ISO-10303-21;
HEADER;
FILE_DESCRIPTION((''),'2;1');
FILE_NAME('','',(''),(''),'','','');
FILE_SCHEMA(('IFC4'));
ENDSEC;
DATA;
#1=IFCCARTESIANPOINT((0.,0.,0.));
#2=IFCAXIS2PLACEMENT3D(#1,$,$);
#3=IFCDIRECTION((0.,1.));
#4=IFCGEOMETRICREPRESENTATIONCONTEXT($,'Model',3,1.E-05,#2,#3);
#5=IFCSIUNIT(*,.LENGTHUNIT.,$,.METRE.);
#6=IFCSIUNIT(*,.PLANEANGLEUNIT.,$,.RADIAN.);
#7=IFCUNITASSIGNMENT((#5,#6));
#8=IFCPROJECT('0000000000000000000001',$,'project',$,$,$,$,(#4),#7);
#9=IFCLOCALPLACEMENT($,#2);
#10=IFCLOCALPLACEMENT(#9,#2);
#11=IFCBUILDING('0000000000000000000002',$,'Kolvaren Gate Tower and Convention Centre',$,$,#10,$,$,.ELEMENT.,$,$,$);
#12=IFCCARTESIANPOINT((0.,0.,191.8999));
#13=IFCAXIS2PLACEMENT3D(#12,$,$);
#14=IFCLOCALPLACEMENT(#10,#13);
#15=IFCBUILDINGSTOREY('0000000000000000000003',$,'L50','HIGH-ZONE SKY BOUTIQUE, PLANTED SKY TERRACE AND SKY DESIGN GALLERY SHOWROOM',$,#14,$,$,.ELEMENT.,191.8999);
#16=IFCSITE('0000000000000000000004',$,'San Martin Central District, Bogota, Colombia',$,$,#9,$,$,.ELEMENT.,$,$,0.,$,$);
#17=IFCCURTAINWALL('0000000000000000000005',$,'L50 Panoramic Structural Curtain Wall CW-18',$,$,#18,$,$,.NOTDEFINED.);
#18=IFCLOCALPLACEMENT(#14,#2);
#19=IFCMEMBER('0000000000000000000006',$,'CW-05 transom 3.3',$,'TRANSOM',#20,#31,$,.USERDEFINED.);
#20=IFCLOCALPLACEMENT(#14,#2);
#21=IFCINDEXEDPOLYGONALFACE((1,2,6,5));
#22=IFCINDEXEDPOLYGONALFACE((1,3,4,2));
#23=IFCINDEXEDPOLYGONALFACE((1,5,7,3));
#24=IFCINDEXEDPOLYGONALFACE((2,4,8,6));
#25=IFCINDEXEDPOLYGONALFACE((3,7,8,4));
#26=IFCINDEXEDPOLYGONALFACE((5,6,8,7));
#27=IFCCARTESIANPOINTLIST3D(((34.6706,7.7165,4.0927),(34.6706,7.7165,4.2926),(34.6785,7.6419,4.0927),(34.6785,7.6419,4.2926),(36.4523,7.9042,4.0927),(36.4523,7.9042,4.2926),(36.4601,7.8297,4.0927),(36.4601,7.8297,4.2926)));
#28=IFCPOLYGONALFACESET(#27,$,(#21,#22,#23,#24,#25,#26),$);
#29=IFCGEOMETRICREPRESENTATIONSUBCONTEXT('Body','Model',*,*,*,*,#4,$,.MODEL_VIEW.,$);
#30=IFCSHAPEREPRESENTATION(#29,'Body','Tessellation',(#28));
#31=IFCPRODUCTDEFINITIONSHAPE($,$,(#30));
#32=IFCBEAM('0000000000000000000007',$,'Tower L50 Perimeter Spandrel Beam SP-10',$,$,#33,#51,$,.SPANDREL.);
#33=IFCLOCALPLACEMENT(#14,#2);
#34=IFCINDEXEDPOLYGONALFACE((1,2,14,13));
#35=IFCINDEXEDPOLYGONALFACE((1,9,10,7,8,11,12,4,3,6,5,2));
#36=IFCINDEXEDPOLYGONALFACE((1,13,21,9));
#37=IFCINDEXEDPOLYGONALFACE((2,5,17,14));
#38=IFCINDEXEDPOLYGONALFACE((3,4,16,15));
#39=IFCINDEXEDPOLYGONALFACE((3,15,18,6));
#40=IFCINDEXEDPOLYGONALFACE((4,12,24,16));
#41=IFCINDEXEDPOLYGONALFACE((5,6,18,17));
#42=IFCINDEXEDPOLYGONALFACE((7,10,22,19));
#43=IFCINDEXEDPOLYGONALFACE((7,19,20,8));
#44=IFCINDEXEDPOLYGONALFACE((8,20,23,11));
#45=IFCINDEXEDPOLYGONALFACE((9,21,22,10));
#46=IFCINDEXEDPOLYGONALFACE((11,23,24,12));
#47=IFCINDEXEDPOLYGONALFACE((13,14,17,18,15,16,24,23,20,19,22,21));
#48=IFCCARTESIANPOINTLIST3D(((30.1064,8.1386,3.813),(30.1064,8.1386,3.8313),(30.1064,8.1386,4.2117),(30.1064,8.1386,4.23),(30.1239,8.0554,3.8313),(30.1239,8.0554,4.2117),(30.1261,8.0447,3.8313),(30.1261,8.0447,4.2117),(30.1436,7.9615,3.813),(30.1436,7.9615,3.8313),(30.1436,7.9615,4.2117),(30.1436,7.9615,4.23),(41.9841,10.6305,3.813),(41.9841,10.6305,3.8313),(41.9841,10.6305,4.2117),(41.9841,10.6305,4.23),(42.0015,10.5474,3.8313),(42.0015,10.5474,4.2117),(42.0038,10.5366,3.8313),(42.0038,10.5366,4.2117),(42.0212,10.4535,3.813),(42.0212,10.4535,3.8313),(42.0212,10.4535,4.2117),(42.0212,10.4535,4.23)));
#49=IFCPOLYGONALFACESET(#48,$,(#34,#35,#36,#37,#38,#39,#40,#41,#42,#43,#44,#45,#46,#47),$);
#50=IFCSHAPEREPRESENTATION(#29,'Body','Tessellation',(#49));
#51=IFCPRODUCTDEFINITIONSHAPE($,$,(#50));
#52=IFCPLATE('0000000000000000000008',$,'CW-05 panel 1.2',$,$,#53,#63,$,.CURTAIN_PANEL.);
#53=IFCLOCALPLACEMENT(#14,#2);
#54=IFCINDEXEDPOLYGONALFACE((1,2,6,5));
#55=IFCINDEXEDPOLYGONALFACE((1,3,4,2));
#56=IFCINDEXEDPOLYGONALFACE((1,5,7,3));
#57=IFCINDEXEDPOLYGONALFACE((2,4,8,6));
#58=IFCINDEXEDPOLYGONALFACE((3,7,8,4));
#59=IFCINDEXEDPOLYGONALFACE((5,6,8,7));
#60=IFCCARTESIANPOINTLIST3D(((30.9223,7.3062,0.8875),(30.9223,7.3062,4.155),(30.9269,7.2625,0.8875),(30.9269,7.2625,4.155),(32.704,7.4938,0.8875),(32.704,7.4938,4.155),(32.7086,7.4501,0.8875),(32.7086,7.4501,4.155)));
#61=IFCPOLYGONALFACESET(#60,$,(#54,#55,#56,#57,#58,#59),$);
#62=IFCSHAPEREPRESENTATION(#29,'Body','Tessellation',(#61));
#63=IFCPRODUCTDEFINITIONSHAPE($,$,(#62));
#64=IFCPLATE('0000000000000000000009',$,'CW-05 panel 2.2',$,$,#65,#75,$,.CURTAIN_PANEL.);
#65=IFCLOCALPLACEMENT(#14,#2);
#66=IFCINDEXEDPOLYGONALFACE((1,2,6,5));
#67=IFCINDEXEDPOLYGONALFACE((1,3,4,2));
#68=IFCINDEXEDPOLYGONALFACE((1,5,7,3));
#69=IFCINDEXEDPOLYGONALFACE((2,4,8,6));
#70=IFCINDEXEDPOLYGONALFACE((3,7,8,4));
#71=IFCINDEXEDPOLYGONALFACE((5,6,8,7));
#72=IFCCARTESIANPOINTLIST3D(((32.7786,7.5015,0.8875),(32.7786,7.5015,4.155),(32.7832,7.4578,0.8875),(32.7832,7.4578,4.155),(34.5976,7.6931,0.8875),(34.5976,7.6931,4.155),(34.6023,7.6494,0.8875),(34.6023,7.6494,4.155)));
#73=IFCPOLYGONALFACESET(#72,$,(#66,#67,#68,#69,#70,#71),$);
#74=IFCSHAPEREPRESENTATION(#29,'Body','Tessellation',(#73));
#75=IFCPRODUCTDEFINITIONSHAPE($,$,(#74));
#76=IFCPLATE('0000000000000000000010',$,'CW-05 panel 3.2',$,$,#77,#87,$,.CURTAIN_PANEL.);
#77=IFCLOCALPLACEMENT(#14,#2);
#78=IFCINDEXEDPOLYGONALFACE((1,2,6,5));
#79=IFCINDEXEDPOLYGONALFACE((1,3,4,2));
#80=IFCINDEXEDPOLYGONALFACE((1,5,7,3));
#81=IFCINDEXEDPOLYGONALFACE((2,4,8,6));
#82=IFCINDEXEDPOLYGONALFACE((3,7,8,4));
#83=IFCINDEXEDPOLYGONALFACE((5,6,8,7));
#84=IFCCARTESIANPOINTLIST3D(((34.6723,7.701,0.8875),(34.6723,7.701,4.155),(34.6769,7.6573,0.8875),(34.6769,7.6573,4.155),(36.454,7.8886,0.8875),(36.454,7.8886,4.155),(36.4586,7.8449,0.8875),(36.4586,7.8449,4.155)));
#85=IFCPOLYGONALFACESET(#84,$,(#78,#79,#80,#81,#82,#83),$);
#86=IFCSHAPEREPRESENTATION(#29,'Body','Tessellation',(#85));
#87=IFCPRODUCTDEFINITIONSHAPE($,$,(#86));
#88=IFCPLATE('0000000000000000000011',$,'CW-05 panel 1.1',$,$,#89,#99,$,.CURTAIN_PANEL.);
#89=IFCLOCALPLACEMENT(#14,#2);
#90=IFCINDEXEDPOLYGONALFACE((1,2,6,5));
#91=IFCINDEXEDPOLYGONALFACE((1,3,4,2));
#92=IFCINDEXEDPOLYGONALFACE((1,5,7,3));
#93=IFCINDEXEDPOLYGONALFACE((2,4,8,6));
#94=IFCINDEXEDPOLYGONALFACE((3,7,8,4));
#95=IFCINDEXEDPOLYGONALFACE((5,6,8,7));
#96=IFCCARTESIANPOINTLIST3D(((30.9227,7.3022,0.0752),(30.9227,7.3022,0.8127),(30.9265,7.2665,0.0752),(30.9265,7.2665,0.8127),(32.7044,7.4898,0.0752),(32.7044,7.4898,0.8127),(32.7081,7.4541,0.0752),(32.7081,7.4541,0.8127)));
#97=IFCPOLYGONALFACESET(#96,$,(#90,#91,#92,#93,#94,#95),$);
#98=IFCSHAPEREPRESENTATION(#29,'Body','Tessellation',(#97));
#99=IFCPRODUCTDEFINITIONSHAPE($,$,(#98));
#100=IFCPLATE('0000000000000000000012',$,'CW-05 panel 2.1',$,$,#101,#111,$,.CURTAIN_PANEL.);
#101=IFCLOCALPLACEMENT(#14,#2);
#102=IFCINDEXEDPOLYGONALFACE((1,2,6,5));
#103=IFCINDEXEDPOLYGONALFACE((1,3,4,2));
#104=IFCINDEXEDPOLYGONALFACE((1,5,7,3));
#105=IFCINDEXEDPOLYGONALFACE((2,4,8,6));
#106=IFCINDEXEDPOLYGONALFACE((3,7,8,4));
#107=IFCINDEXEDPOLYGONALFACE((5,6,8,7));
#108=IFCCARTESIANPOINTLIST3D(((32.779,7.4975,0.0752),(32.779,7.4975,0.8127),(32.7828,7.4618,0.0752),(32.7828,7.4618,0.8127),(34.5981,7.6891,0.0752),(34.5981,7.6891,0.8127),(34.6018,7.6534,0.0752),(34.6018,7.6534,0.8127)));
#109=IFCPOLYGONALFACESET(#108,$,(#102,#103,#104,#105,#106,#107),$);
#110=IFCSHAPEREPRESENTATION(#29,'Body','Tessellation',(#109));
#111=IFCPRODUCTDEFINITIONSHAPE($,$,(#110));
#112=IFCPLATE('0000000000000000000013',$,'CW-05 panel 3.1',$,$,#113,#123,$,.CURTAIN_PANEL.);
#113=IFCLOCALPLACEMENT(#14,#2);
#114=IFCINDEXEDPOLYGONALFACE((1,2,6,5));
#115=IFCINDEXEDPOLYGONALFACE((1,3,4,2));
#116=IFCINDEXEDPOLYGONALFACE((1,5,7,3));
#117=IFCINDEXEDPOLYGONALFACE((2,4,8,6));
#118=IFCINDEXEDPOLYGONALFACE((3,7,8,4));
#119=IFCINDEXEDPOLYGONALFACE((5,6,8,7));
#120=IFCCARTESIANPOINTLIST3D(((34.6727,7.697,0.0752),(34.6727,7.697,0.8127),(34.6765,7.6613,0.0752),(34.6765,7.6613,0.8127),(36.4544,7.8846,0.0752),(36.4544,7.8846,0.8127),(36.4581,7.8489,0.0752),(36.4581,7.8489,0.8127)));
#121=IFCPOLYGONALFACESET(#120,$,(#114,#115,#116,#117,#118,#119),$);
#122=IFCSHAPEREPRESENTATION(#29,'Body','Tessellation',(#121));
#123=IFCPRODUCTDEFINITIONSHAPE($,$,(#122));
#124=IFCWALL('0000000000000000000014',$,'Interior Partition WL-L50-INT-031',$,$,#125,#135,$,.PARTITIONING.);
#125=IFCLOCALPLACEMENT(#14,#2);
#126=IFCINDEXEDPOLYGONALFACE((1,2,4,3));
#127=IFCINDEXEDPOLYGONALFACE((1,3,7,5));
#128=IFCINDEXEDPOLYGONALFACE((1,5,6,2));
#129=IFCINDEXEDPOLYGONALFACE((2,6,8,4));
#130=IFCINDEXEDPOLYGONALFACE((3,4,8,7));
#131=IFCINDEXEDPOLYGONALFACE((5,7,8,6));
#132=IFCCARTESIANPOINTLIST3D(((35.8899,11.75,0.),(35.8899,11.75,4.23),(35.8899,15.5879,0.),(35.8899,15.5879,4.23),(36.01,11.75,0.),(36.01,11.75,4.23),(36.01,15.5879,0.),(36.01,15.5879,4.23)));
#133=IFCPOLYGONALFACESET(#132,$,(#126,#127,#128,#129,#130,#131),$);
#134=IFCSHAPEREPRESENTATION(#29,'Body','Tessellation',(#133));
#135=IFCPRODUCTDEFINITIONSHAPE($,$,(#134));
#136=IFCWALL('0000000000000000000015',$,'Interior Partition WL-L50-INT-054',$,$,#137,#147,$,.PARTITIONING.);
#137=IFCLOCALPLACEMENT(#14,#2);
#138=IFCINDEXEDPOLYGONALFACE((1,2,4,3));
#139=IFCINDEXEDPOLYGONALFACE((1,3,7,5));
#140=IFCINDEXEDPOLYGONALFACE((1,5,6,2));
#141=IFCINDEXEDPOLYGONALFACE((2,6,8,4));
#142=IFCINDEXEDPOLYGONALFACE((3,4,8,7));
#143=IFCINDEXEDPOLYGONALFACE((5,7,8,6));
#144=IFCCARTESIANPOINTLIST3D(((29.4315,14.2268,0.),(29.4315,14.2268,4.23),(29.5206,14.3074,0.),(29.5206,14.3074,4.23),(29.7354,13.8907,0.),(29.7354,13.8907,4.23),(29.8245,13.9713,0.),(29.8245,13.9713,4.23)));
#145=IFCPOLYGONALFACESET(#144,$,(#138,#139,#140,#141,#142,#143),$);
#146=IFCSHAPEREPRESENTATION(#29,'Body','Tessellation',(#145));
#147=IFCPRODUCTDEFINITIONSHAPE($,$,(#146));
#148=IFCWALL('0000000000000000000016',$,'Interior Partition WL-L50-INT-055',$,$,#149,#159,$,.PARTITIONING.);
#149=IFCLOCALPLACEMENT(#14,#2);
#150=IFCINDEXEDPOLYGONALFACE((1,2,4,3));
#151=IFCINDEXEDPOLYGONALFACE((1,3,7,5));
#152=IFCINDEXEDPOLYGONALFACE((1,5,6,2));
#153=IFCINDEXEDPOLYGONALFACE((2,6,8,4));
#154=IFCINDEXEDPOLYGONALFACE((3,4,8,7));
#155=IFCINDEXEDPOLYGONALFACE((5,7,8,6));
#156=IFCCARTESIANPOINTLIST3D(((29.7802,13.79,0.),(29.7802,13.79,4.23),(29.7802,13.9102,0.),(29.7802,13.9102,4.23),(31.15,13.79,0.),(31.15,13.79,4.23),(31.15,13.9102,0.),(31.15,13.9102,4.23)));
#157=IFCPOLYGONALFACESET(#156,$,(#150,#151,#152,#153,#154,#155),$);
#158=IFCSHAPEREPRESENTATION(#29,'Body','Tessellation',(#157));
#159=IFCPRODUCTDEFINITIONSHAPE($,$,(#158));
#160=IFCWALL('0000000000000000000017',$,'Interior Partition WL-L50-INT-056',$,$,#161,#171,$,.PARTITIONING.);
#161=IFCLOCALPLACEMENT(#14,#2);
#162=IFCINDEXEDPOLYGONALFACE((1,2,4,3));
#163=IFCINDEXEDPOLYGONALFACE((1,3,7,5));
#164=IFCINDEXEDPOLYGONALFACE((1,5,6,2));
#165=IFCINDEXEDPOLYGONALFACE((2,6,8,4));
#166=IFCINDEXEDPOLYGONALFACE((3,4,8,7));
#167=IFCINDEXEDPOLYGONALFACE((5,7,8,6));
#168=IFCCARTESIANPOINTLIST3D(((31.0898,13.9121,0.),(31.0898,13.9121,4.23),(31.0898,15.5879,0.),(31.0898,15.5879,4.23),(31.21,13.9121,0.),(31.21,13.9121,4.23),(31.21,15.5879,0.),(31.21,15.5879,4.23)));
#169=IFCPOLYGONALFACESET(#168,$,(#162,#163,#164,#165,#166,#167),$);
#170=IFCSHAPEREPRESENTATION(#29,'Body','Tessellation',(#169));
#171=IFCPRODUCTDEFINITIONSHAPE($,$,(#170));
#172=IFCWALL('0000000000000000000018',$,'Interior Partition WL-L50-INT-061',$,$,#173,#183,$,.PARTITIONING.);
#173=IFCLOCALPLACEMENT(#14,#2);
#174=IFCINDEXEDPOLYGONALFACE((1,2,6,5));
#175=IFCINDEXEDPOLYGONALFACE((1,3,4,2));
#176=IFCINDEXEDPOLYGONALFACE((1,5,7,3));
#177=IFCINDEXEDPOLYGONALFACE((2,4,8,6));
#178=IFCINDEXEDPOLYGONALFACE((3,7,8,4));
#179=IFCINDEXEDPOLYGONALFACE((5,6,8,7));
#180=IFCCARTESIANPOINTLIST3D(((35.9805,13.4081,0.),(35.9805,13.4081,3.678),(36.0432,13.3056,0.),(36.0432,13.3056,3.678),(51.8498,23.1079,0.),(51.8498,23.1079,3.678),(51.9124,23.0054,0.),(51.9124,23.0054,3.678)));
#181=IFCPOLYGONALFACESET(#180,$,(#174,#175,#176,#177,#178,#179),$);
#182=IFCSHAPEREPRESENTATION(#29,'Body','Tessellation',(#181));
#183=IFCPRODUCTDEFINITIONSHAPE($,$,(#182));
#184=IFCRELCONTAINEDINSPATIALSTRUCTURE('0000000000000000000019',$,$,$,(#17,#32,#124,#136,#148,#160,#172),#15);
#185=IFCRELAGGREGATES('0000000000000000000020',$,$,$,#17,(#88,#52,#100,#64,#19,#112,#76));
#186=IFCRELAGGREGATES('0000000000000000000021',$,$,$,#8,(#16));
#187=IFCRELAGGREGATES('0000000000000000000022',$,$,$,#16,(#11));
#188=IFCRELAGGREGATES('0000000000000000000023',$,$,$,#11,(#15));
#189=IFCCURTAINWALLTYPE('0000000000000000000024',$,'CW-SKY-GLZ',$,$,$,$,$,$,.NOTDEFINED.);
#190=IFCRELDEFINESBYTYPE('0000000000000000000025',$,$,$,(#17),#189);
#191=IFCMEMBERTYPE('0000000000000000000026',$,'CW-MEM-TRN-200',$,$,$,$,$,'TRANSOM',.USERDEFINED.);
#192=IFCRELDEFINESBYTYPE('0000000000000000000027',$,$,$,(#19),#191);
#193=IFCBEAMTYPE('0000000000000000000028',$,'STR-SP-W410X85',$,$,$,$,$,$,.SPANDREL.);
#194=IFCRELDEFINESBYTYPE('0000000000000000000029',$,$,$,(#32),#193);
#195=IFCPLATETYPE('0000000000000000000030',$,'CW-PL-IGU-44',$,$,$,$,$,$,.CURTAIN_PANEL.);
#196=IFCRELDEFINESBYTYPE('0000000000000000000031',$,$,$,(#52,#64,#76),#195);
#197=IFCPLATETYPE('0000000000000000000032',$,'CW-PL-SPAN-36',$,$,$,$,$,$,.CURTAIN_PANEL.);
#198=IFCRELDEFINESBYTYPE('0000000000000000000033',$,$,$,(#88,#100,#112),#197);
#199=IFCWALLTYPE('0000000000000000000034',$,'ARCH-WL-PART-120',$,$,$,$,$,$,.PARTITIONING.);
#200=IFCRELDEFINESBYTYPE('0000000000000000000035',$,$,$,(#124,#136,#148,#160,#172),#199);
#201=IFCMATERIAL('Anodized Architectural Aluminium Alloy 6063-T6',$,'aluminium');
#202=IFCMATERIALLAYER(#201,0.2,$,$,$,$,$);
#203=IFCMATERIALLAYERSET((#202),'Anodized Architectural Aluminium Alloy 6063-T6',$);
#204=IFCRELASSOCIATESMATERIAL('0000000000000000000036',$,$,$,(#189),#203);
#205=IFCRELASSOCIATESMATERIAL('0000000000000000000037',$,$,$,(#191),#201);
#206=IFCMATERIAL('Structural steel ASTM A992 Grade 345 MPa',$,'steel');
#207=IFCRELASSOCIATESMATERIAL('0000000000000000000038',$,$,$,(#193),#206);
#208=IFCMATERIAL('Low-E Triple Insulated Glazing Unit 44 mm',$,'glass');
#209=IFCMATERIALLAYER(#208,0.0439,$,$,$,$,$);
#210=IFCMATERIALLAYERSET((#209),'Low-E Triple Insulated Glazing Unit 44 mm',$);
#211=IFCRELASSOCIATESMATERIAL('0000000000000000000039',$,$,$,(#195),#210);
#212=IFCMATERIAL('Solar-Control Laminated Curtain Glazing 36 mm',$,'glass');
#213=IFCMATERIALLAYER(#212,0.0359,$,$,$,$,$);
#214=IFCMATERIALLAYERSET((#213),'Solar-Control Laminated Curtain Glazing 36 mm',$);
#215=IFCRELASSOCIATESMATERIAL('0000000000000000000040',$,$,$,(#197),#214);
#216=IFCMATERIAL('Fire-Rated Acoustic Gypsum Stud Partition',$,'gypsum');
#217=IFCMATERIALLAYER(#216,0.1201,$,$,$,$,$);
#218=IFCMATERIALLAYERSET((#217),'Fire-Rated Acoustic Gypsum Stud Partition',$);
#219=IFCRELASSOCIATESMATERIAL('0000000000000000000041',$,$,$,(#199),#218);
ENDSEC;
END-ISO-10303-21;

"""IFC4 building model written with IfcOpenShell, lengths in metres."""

from ifc_helpers import new_model, si_unit, direction, frame, frame_2d, origin, origin_2d, place, context, subcontext, project, spatial, rectangle, i_section, extrude, material, layer, layer_set, material_profile, profile_set, type_object, element, aggregate, save


model = new_model("IFC4")

# Units and contexts
model_context = context("Model", 3, precision=1e-05, world=origin(), true_north=direction((0.0, 1.0)))
body_context = subcontext(model_context, "Body", "Model", "MODEL_VIEW")
ifc_project = project(units=[si_unit("LENGTHUNIT", "METRE"), si_unit("PLANEANGLEUNIT", "RADIAN")], contexts=[model_context])

# Site, building, storey
site_placement = place(None, origin())
site = spatial("IfcSite", under=ifc_project, at=site_placement, Name="San Martin Central District, Bogota, Colombia", CompositionType="ELEMENT", RefElevation=0.0)
building_placement = place(site_placement, origin())
building = spatial("IfcBuilding", under=site, at=building_placement, Name="Kolvaren Gate Tower and Convention Centre", CompositionType="ELEMENT")
storey_placement = place(building_placement, frame((0.0, 0.0, 191.8999)))
storey = spatial("IfcBuildingStorey", under=building, at=storey_placement, Name="L50", Description="HIGH-ZONE SKY BOUTIQUE, PLANTED SKY TERRACE AND SKY DESIGN GALLERY SHOWROOM", CompositionType="ELEMENT", Elevation=191.8999)

# Shared definitions
ifc_material_1 = material(Name="Anodized Architectural Aluminium Alloy 6063-T6", Category="aluminium")
ifc_layer_1 = layer(ifc_material_1, 0.2)
ifc_layer_set_1 = layer_set([ifc_layer_1], Name="Anodized Architectural Aluminium Alloy 6063-T6")
curtain_wall_type = type_object("IfcCurtainWallType", Name="CW-SKY-GLZ", PredefinedType="NOTDEFINED", material=ifc_layer_set_1)

# Curtain wall, member
curtain_wall_1_placement = place(storey_placement, origin())
curtain_wall_1 = element("IfcCurtainWall", 1, at=curtain_wall_1_placement, inside=storey, type_object=curtain_wall_type, Name="L50 Panoramic Structural Curtain Wall CW-18", PredefinedType="NOTDEFINED")
ifc_material_profile_1 = material_profile(ifc_material_1, rectangle(XDim=0.075, YDim=0.2, at=origin_2d()), Name="CW-MEM-TRN-200")
ifc_profile_set_1 = profile_set([ifc_material_profile_1], Name="Anodized Architectural Aluminium Alloy 6063-T6")
member_type_1 = type_object("IfcMemberType", Name="CW-MEM-TRN-200", ElementType="TRANSOM", PredefinedType="USERDEFINED", material=ifc_profile_set_1)
member_1_placement = place(storey_placement, frame((34.6746, 7.6792, 4.1926), z_axis=(0.994494, 0.104791, 0.0), x_axis=(-0.104791, 0.994494, 0.0)))
member_1 = element("IfcMember", 2, at=member_1_placement, type_object=member_type_1, Name="CW-05 transom 3.3", ObjectType="TRANSOM", PredefinedType="USERDEFINED", context=body_context, shape_type="SweptSolid", body=[
    extrude(rectangle(XDim=0.075, YDim=0.2, at=origin_2d()), origin(), (0.0, 0.0, 1.0), 1.7915),
])

# Beam
ifc_material_2 = material(Name="Structural steel ASTM A992 Grade 345 MPa", Category="steel")
ifc_material_profile_2 = material_profile(ifc_material_2, i_section(OverallWidth=0.1809, OverallDepth=0.417, WebThickness=0.011, FlangeThickness=0.0183, at=origin_2d()), Name="W410X85")
ifc_profile_set_2 = profile_set([ifc_material_profile_2], Name="Structural steel ASTM A992 Grade 345 MPa")
beam_type = type_object("IfcBeamType", Name="STR-SP-W410X85", PredefinedType="SPANDREL", material=ifc_profile_set_2)
beam_placement = place(storey_placement, frame((30.125, 8.05, 4.0215), z_axis=(0.978693, 0.20533, 0.0), x_axis=(-0.20533, 0.978693, 0.0)))
element("IfcBeam", 3, at=beam_placement, inside=storey, type_object=beam_type, Name="Tower L50 Perimeter Spandrel Beam SP-10", PredefinedType="SPANDREL", context=body_context, shape_type="SweptSolid", body=[
    extrude(i_section(OverallWidth=0.1809, OverallDepth=0.417, WebThickness=0.011, FlangeThickness=0.0183, at=origin_2d()), origin(), (0.0, 0.0, 1.0), 12.1362),
])

# Plates
ifc_material_3 = material(Name="Low-E Triple Insulated Glazing Unit 44 mm", Category="glass")
ifc_layer_2 = layer(ifc_material_3, 0.0439)
ifc_layer_set_2 = layer_set([ifc_layer_2], Name="Low-E Triple Insulated Glazing Unit 44 mm")
plate_type_1 = type_object("IfcPlateType", Name="CW-PL-IGU-44", PredefinedType="CURTAIN_PANEL", material=ifc_layer_set_2)
plate_1_placement = place(storey_placement, frame((31.8154, 7.3782, 0.8875), z_axis=(0.0, 0.0, 1.0), x_axis=(0.9945, 0.10474, 0.0)))
plate_1 = element("IfcPlate", 4, at=plate_1_placement, type_object=plate_type_1, Name="CW-05 panel 1.2", PredefinedType="CURTAIN_PANEL", context=body_context, shape_type="SweptSolid", body=[
    extrude(rectangle(XDim=1.7915, YDim=0.0439, at=origin_2d()), origin(), (0.0, 0.0, 1.0), 3.2676),
])
plate_2_placement = place(storey_placement, frame((33.6904, 7.5754, 0.8875), z_axis=(0.0, 0.0, 1.0), x_axis=(0.9945, 0.10474, 0.0)))
plate_2 = element("IfcPlate", 5, at=plate_2_placement, type_object=plate_type_1, Name="CW-05 panel 2.2", PredefinedType="CURTAIN_PANEL", context=body_context, shape_type="SweptSolid", body=[
    extrude(rectangle(XDim=1.8291, YDim=0.0439, at=origin_2d()), origin(), (0.0, 0.0, 1.0), 3.2676),
])
plate_3_placement = place(storey_placement, frame((35.5654, 7.7729, 0.8875), z_axis=(0.0, 0.0, 1.0), x_axis=(0.9945, 0.10474, 0.0)))
plate_3 = element("IfcPlate", 6, at=plate_3_placement, type_object=plate_type_1, Name="CW-05 panel 3.2", PredefinedType="CURTAIN_PANEL", context=body_context, shape_type="SweptSolid", body=[
    extrude(rectangle(XDim=1.7915, YDim=0.0439, at=origin_2d()), origin(), (0.0, 0.0, 1.0), 3.2676),
])
ifc_material_4 = material(Name="Solar-Control Laminated Curtain Glazing 36 mm", Category="glass")
ifc_layer_3 = layer(ifc_material_4, 0.0359)
ifc_layer_set_3 = layer_set([ifc_layer_3], Name="Solar-Control Laminated Curtain Glazing 36 mm")
plate_type_2 = type_object("IfcPlateType", Name="CW-PL-SPAN-36", PredefinedType="CURTAIN_PANEL", material=ifc_layer_set_3)
plate_4_placement = place(storey_placement, frame((31.8154, 7.3782, 0.0752), z_axis=(0.0, 0.0, 1.0), x_axis=(0.9945, 0.10474, 0.0)))
plate_4 = element("IfcPlate", 7, at=plate_4_placement, type_object=plate_type_2, Name="CW-05 panel 1.1", PredefinedType="CURTAIN_PANEL", context=body_context, shape_type="SweptSolid", body=[
    extrude(rectangle(XDim=1.7915, YDim=0.0359, at=origin_2d()), origin(), (0.0, 0.0, 1.0), 0.7375),
])
plate_5_placement = place(storey_placement, frame((33.6904, 7.5754, 0.0752), z_axis=(0.0, 0.0, 1.0), x_axis=(0.9945, 0.10474, 0.0)))
plate_5 = element("IfcPlate", 8, at=plate_5_placement, type_object=plate_type_2, Name="CW-05 panel 2.1", PredefinedType="CURTAIN_PANEL", context=body_context, shape_type="SweptSolid", body=[
    extrude(rectangle(XDim=1.8291, YDim=0.0359, at=origin_2d()), origin(), (0.0, 0.0, 1.0), 0.7375),
])
plate_6_placement = place(storey_placement, frame((35.5654, 7.7729, 0.0752), z_axis=(0.0, 0.0, 1.0), x_axis=(0.9945, 0.10474, 0.0)))
plate_6 = element("IfcPlate", 9, at=plate_6_placement, type_object=plate_type_2, Name="CW-05 panel 3.1", PredefinedType="CURTAIN_PANEL", context=body_context, shape_type="SweptSolid", body=[
    extrude(rectangle(XDim=1.7915, YDim=0.0359, at=origin_2d()), origin(), (0.0, 0.0, 1.0), 0.7375),
])
aggregate(curtain_wall_1, [plate_4, plate_1, plate_5, plate_2, member_1, plate_6, plate_3])

# Walls
ifc_material_5 = material(Name="Fire-Rated Acoustic Gypsum Stud Partition", Category="gypsum")
ifc_layer_4 = layer(ifc_material_5, 0.1201)
ifc_layer_set_4 = layer_set([ifc_layer_4], Name="Fire-Rated Acoustic Gypsum Stud Partition")
wall_type_1 = type_object("IfcWallType", Name="ARCH-WL-PART-120", PredefinedType="PARTITIONING", material=ifc_layer_set_4)
wall_1_placement = place(storey_placement, frame((35.95, 11.75, 0.0), z_axis=(0.0, 0.0, 1.0), x_axis=(0.0, 1.0, 0.0)))
element("IfcWall", 10, at=wall_1_placement, inside=storey, type_object=wall_type_1, Name="Interior Partition WL-L50-INT-031", PredefinedType="PARTITIONING", context=body_context, shape_type="SweptSolid", body=[
    extrude(rectangle(XDim=3.8379, YDim=0.1201, at=frame_2d((1.9189, 0.0))), origin(), (0.0, 0.0, 1.0), 4.23),
])
wall_2_placement = place(storey_placement, frame((29.4761, 14.2671, 0.0), z_axis=(0.0, 0.0, 1.0), x_axis=(0.670659, -0.741765, 0.0)))
element("IfcWall", 11, at=wall_2_placement, inside=storey, type_object=wall_type_1, Name="Interior Partition WL-L50-INT-054", PredefinedType="PARTITIONING", context=body_context, shape_type="SweptSolid", body=[
    extrude(rectangle(XDim=0.4531, YDim=0.1201, at=frame_2d((0.2266, 0.0))), origin(), (0.0, 0.0, 1.0), 4.23),
])
wall_3_placement = place(storey_placement, frame((29.78, 13.8501, 0.0), z_axis=(0.0, 0.0, 1.0), x_axis=(1.0, 0.0, 0.0)))
element("IfcWall", 12, at=wall_3_placement, inside=storey, type_object=wall_type_1, Name="Interior Partition WL-L50-INT-055", PredefinedType="PARTITIONING", context=body_context, shape_type="SweptSolid", body=[
    extrude(rectangle(XDim=1.3699, YDim=0.1201, at=frame_2d((0.6851, 0.0))), origin(), (0.0, 0.0, 1.0), 4.23),
])
wall_4_placement = place(storey_placement, frame((31.1499, 13.9121, 0.0), z_axis=(0.0, 0.0, 1.0), x_axis=(0.0, 1.0, 0.0)))
element("IfcWall", 13, at=wall_4_placement, inside=storey, type_object=wall_type_1, Name="Interior Partition WL-L50-INT-056", PredefinedType="PARTITIONING", context=body_context, shape_type="SweptSolid", body=[
    extrude(rectangle(XDim=1.6758, YDim=0.1201, at=frame_2d((0.8379, 0.0))), origin(), (0.0, 0.0, 1.0), 4.23),
])
wall_5_placement = place(storey_placement, frame((36.012, 13.3569, 0.0), z_axis=(0.0, 0.0, 1.0), x_axis=(0.853236, 0.521524, 0.0)))
element("IfcWall", 14, at=wall_5_placement, inside=storey, type_object=wall_type_1, Name="Interior Partition WL-L50-INT-061", PredefinedType="PARTITIONING", context=body_context, shape_type="SweptSolid", body=[
    extrude(rectangle(XDim=18.5989, YDim=0.1201, at=frame_2d((9.2993, 0.0))), origin(), (0.0, 0.0, 1.0), 3.678),
])

save(model, "model.ifc")
